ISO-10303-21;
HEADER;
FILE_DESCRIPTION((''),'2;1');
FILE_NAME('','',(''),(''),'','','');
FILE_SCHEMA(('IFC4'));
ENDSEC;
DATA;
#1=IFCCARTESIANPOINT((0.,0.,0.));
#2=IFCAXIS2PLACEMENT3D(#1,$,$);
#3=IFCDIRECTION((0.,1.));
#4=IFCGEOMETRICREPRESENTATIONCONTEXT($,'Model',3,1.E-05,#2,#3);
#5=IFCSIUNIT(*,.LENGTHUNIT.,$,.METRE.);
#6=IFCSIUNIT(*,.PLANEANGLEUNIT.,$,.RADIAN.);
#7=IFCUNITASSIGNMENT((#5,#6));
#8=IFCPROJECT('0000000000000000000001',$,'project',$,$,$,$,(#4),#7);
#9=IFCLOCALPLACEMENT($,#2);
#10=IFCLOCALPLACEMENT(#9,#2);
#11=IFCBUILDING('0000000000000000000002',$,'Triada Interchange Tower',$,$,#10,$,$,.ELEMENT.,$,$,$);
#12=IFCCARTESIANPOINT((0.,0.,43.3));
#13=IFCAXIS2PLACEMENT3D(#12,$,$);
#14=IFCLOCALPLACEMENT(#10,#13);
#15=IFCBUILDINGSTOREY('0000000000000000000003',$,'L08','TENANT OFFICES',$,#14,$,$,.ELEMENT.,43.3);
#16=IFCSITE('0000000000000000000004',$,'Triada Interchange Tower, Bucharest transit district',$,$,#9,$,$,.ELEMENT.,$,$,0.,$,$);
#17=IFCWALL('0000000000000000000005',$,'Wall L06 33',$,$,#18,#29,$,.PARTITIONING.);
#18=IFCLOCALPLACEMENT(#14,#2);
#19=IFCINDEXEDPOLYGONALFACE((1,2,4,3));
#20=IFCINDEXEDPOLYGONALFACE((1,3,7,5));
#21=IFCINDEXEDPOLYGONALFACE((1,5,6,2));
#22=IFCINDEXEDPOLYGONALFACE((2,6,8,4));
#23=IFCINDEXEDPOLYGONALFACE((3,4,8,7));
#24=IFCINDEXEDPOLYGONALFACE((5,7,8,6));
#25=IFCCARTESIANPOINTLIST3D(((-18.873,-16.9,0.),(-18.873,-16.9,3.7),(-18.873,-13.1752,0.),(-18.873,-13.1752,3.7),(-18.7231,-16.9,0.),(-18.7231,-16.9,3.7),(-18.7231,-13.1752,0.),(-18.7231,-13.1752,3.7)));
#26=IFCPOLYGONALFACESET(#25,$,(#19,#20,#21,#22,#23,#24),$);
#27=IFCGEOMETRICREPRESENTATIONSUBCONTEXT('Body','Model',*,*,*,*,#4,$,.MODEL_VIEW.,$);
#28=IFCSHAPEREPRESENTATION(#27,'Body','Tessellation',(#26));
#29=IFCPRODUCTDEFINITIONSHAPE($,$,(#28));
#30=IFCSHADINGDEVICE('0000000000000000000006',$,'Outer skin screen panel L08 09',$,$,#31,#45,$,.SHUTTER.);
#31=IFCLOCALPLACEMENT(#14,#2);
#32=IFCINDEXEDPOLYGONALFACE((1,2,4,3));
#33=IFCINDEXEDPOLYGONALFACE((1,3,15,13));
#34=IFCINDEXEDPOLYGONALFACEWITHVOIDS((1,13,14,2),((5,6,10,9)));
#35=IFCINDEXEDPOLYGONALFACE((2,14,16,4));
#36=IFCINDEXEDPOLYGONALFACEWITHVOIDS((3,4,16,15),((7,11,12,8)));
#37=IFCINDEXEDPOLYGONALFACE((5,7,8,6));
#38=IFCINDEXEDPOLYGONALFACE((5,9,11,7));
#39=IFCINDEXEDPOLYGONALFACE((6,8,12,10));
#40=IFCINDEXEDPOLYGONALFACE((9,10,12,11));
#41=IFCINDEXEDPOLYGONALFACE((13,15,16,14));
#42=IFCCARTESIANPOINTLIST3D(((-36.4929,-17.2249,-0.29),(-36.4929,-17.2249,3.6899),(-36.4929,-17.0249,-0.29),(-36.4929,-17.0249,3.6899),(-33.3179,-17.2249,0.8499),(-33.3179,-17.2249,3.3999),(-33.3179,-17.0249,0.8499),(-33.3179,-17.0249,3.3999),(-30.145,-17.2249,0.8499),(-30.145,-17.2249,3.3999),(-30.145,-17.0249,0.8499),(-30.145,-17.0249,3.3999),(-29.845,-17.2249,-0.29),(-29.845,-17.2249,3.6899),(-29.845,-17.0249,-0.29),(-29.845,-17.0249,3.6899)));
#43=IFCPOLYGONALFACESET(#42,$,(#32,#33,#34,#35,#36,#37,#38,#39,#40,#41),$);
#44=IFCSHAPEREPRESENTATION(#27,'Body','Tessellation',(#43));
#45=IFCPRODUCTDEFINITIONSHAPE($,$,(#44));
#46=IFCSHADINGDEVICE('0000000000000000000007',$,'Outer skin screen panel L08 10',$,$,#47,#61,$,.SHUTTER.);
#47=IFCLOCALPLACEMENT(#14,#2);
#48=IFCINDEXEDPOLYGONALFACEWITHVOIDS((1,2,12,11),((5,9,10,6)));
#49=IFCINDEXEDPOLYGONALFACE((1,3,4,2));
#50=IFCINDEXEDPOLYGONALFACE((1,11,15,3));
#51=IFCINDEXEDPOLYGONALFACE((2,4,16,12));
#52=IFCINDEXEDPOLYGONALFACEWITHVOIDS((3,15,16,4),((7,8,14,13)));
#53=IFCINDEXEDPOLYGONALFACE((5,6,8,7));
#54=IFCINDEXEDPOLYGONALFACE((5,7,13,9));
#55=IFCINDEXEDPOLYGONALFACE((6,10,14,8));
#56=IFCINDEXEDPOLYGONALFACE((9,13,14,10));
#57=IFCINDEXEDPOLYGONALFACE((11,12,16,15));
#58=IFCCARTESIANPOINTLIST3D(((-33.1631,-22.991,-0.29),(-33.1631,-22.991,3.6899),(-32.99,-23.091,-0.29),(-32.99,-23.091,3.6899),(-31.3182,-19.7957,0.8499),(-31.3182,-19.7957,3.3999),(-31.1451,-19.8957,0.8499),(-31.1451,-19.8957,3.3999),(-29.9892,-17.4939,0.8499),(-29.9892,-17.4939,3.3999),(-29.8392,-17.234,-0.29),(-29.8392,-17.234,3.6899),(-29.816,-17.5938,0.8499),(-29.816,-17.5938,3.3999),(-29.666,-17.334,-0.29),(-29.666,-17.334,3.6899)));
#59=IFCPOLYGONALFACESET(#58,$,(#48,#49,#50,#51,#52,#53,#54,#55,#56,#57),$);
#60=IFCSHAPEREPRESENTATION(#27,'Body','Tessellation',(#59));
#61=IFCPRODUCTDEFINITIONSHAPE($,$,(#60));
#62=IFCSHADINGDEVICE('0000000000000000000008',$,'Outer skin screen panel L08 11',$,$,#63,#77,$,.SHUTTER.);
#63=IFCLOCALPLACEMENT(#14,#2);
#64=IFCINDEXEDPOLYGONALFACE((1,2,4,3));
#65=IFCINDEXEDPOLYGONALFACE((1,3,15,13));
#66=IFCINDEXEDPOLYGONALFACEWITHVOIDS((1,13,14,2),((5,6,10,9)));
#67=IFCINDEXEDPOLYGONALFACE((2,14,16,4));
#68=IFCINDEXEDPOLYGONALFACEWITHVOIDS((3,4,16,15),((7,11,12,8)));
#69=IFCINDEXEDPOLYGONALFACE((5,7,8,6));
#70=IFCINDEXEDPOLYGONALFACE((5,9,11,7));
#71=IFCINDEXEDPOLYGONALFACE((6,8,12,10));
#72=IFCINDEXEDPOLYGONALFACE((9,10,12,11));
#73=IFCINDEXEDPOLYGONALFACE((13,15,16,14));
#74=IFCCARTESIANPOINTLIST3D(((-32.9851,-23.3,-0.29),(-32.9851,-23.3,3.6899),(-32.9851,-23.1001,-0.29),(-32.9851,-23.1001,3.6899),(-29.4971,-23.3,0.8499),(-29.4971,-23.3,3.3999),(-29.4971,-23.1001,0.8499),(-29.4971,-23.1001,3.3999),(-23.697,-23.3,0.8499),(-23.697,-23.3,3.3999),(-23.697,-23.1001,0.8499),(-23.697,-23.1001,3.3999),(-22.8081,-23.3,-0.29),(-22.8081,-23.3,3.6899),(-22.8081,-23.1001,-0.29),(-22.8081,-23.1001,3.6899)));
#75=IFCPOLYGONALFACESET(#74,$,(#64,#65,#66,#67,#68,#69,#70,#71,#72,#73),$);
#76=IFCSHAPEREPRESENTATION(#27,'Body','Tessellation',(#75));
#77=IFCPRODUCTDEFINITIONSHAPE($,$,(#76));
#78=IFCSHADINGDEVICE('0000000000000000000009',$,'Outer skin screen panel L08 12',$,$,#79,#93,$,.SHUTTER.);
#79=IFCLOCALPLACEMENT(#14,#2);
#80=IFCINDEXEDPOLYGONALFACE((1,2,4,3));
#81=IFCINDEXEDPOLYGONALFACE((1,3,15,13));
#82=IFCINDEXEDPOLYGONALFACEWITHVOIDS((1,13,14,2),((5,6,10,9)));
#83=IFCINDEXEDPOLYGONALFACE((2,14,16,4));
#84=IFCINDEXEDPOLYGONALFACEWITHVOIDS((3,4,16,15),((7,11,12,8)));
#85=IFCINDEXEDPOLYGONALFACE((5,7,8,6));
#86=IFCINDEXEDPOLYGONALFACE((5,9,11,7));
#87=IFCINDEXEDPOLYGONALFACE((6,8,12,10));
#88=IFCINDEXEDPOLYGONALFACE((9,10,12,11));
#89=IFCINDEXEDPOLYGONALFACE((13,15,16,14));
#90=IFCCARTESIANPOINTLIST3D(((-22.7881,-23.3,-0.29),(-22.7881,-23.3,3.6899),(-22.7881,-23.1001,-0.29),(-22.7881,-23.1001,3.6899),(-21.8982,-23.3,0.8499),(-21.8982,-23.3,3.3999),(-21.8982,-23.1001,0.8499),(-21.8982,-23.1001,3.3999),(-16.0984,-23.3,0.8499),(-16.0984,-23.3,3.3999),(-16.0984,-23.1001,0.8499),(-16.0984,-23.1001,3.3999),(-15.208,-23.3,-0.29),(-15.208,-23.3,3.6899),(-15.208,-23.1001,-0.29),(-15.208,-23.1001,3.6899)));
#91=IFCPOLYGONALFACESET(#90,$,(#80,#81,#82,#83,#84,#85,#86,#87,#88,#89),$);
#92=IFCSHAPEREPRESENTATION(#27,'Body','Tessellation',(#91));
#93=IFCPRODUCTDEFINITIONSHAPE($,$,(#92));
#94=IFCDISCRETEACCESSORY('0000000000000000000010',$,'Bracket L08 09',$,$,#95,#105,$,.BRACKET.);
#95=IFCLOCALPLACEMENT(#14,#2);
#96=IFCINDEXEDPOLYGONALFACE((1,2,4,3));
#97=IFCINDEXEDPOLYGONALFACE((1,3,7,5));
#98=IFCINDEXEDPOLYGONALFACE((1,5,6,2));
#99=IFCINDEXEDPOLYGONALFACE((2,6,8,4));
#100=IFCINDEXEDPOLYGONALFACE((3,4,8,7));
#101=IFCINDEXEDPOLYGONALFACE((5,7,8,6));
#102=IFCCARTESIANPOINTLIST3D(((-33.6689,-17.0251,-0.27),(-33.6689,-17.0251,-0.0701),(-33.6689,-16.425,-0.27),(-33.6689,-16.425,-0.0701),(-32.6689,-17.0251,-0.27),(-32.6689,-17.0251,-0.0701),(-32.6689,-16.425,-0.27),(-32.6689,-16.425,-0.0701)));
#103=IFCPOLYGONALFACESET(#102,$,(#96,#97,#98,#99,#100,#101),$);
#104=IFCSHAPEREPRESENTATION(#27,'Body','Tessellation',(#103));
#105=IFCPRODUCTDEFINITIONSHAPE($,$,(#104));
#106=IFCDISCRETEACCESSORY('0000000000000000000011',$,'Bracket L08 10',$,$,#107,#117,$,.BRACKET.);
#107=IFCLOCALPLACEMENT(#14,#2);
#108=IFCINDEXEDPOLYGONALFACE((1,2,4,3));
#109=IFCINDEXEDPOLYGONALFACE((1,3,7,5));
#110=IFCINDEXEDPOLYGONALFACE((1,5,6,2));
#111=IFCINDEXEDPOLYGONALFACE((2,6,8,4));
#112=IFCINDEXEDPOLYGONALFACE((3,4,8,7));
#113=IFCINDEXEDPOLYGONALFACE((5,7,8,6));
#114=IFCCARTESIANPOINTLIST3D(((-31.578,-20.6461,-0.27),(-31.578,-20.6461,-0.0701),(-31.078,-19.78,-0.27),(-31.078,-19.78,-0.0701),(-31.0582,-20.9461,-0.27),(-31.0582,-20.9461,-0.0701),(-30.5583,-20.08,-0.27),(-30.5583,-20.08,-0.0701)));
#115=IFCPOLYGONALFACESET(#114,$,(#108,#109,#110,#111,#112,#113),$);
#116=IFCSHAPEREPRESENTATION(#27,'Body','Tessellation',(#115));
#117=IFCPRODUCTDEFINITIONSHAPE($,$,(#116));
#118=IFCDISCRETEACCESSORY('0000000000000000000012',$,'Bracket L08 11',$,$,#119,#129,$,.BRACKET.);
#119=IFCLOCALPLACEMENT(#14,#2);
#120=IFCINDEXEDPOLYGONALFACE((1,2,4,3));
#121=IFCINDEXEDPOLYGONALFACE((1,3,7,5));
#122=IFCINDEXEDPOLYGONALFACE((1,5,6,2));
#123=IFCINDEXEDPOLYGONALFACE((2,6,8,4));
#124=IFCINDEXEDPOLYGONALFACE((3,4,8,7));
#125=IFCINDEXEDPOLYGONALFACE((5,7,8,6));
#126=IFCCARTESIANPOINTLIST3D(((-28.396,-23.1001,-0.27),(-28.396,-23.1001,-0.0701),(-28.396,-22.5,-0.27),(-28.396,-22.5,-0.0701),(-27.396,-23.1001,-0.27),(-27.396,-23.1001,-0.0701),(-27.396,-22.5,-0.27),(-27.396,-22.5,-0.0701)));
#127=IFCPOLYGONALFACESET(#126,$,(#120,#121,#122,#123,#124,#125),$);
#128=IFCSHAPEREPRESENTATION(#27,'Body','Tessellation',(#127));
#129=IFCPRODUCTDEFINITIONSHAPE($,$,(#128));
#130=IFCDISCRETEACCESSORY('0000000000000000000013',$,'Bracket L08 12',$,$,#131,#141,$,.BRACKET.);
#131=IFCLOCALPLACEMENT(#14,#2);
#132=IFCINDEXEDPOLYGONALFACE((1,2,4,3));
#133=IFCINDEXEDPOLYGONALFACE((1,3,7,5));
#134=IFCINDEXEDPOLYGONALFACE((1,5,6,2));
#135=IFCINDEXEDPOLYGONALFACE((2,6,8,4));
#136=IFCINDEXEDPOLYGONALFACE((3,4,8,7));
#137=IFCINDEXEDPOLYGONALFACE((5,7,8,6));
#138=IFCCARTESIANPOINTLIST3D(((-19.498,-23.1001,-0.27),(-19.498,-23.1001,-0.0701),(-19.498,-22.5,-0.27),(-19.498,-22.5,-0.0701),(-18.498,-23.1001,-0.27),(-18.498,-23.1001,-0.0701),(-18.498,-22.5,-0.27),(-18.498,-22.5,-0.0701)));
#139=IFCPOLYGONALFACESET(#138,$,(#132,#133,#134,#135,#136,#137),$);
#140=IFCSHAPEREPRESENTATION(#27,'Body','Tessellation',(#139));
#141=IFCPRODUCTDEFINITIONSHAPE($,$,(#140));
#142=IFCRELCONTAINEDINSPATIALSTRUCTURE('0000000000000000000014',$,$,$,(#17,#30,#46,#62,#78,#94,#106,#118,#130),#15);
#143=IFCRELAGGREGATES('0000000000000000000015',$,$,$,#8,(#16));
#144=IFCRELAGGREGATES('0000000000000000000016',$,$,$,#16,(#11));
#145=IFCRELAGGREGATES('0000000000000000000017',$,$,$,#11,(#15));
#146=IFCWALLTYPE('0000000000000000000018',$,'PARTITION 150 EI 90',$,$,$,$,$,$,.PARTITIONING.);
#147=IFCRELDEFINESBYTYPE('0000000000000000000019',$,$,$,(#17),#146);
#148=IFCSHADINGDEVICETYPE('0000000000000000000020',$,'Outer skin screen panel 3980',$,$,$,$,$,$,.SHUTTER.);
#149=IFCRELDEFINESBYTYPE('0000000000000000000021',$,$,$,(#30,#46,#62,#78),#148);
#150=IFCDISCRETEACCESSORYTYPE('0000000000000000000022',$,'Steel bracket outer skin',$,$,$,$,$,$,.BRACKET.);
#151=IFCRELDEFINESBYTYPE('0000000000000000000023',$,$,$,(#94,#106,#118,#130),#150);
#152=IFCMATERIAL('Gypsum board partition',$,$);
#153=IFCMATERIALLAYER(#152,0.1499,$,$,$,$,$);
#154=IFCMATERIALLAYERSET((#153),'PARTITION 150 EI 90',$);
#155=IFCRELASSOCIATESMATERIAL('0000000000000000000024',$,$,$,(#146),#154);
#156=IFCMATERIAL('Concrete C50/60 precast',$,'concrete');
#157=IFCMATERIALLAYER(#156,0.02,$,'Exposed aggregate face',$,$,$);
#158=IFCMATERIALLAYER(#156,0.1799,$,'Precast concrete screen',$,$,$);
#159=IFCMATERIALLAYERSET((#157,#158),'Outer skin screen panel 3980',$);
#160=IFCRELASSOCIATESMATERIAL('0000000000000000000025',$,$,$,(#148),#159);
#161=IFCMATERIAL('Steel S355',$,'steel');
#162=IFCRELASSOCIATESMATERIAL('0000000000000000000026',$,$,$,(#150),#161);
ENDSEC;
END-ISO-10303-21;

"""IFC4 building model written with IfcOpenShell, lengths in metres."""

from ifc_helpers import new_model, si_unit, direction, frame, frame_2d, origin, origin_2d, place, context, subcontext, project, spatial, polyline, rectangle, outline, extrude, material, layer, layer_set, type_object, element, save


model = new_model("IFC4")

# Units and contexts
model_context = context("Model", 3, precision=1e-05, world=origin(), true_north=direction((0.0, 1.0)))
body_context = subcontext(model_context, "Body", "Model", "MODEL_VIEW")
ifc_project = project(units=[si_unit("LENGTHUNIT", "METRE"), si_unit("PLANEANGLEUNIT", "RADIAN")], contexts=[model_context])

# Site, building, storey
site_placement = place(None, origin())
site = spatial("IfcSite", under=ifc_project, at=site_placement, Name="Triada Interchange Tower, Bucharest transit district", CompositionType="ELEMENT", RefElevation=0.0)
building_placement = place(site_placement, origin())
building = spatial("IfcBuilding", under=site, at=building_placement, Name="Triada Interchange Tower", CompositionType="ELEMENT")
storey_placement = place(building_placement, frame((0.0, 0.0, 43.3)))
storey = spatial("IfcBuildingStorey", under=building, at=storey_placement, Name="L08", Description="TENANT OFFICES", CompositionType="ELEMENT", Elevation=43.3)

# Wall
ifc_material_1 = material(Name="Gypsum board partition")
ifc_layer_1 = layer(ifc_material_1, 0.1499)
ifc_layer_set_1 = layer_set([ifc_layer_1], Name="PARTITION 150 EI 90")
wall_type_1 = type_object("IfcWallType", Name="PARTITION 150 EI 90", PredefinedType="PARTITIONING", material=ifc_layer_set_1)
wall_1_placement = place(storey_placement, frame((-18.7981, -16.8999, 0.0), z_axis=(0.0, 0.0, 1.0), x_axis=(0.0, 1.0, 0.0)))
element("IfcWall", 1, at=wall_1_placement, inside=storey, type_object=wall_type_1, Name="Wall L06 33", PredefinedType="PARTITIONING", context=body_context, shape_type="SweptSolid", body=[
    extrude(rectangle(XDim=3.7249, YDim=0.1499, at=frame_2d((1.8623, 0.0))), origin(), (0.0, 0.0, 1.0), 3.7),
])

# Shading devices
ifc_material_2 = material(Name="Concrete C50/60 precast", Category="concrete")
ifc_layer_2 = layer(ifc_material_2, 0.02, Name="Exposed aggregate face")
ifc_layer_3 = layer(ifc_material_2, 0.1799, Name="Precast concrete screen")
ifc_layer_set_2 = layer_set([ifc_layer_2, ifc_layer_3], Name="Outer skin screen panel 3980")
shading_device_type = type_object("IfcShadingDeviceType", Name="Outer skin screen panel 3980", PredefinedType="SHUTTER", material=ifc_layer_set_2)
shading_device_1_placement = place(storey_placement, frame((-36.4929, -17.0249, -0.29), z_axis=(0.0, 0.0, 1.0), x_axis=(1.0, 0.0, 0.0)))
element("IfcShadingDevice", 2, at=shading_device_1_placement, inside=storey, type_object=shading_device_type, Name="Outer skin screen panel L08 09", PredefinedType="SHUTTER", context=body_context, shape_type="SweptSolid", body=[
    extrude(outline(polyline([(0.0, 0.0), (6.6479, 0.0), (6.6479, 3.98), (0.0, 3.98), (0.0, 0.0)]), holes=[polyline([(3.175, 1.1399), (3.175, 3.6899), (6.3479, 3.6899), (6.3479, 1.1399), (3.175, 1.1399)])]), frame((0.0, 0.0, 0.0), z_axis=(0.0, -1.0, 0.0), x_axis=(1.0, 0.0, 0.0)), (0.0, 0.0, 1.0), 0.2),
])
shading_device_2_placement = place(storey_placement, frame((-29.666, -17.334, -0.29), z_axis=(0.0, 0.0, 1.0), x_axis=(-0.500014, -0.866017, 0.0)))
element("IfcShadingDevice", 3, at=shading_device_2_placement, inside=storey, type_object=shading_device_type, Name="Outer skin screen panel L08 10", PredefinedType="SHUTTER", context=body_context, shape_type="SweptSolid", body=[
    extrude(outline(polyline([(0.0, 0.0), (6.6477, 0.0), (6.6477, 3.98), (0.0, 3.98), (0.0, 0.0)]), holes=[polyline([(0.3, 1.1399), (0.3, 3.6899), (2.958, 3.6899), (2.958, 1.1399), (0.3, 1.1399)])]), frame((0.0, 0.0, 0.0), z_axis=(0.0, -1.0, 0.0), x_axis=(1.0, 0.0, 0.0)), (0.0, 0.0, 1.0), 0.2),
])
shading_device_3_placement = place(storey_placement, frame((-32.9851, -23.1001, -0.29), z_axis=(0.0, 0.0, 1.0), x_axis=(1.0, 0.0, 0.0)))
element("IfcShadingDevice", 4, at=shading_device_3_placement, inside=storey, type_object=shading_device_type, Name="Outer skin screen panel L08 11", PredefinedType="SHUTTER", context=body_context, shape_type="SweptSolid", body=[
    extrude(outline(polyline([(0.0, 0.0), (10.177, 0.0), (10.177, 3.98), (0.0, 3.98), (0.0, 0.0)]), holes=[polyline([(3.488, 1.1399), (3.488, 3.6899), (9.2881, 3.6899), (9.2881, 1.1399), (3.488, 1.1399)])]), frame((0.0, 0.0, 0.0), z_axis=(0.0, -1.0, 0.0), x_axis=(1.0, 0.0, 0.0)), (0.0, 0.0, 1.0), 0.2),
])
shading_device_4_placement = place(storey_placement, frame((-22.7881, -23.1001, -0.29), z_axis=(0.0, 0.0, 1.0), x_axis=(1.0, 0.0, 0.0)))
element("IfcShadingDevice", 5, at=shading_device_4_placement, inside=storey, type_object=shading_device_type, Name="Outer skin screen panel L08 12", PredefinedType="SHUTTER", context=body_context, shape_type="SweptSolid", body=[
    extrude(outline(polyline([(0.0, 0.0), (7.5801, 0.0), (7.5801, 3.98), (0.0, 3.98), (0.0, 0.0)]), holes=[polyline([(0.8899, 1.1399), (0.8899, 3.6899), (6.6897, 3.6899), (6.6897, 1.1399), (0.8899, 1.1399)])]), frame((0.0, 0.0, 0.0), z_axis=(0.0, -1.0, 0.0), x_axis=(1.0, 0.0, 0.0)), (0.0, 0.0, 1.0), 0.2),
])

# Discrete accessories
ifc_material_3 = material(Name="Steel S355", Category="steel")
discrete_accessory_type = type_object("IfcDiscreteAccessoryType", Name="Steel bracket outer skin", PredefinedType="BRACKET", material=ifc_material_3)
for number, where, z_axis, x_axis, name in (
    (6, (-33.1689, -16.7251, -0.27), (0.0, 0.0, 1.0), (0.0, -1.0, 0.0), "Bracket L08 09"),
    (7, (-31.0681, -20.363, -0.27), (0.0, 0.0, 1.0), (-0.86605, 0.499957, 0.0), "Bracket L08 10"),
    (8, (-27.896, -22.8, -0.27), (0.0, 0.0, 1.0), (0.0, -1.0, 0.0), "Bracket L08 11"),
    (9, (-18.998, -22.8, -0.27), (0.0, 0.0, 1.0), (0.0, -1.0, 0.0), "Bracket L08 12"),
):
    element("IfcDiscreteAccessory", number, at=place(storey_placement, frame(where, z_axis=z_axis, x_axis=x_axis)), inside=storey, type_object=discrete_accessory_type, Name=name, PredefinedType="BRACKET", context=body_context, shape_type="SweptSolid", body=[
        extrude(rectangle(XDim=0.6001, YDim=1.0, at=origin_2d()), origin(), (0.0, 0.0, 1.0), 0.2),
    ])

save(model, "model.ifc")
